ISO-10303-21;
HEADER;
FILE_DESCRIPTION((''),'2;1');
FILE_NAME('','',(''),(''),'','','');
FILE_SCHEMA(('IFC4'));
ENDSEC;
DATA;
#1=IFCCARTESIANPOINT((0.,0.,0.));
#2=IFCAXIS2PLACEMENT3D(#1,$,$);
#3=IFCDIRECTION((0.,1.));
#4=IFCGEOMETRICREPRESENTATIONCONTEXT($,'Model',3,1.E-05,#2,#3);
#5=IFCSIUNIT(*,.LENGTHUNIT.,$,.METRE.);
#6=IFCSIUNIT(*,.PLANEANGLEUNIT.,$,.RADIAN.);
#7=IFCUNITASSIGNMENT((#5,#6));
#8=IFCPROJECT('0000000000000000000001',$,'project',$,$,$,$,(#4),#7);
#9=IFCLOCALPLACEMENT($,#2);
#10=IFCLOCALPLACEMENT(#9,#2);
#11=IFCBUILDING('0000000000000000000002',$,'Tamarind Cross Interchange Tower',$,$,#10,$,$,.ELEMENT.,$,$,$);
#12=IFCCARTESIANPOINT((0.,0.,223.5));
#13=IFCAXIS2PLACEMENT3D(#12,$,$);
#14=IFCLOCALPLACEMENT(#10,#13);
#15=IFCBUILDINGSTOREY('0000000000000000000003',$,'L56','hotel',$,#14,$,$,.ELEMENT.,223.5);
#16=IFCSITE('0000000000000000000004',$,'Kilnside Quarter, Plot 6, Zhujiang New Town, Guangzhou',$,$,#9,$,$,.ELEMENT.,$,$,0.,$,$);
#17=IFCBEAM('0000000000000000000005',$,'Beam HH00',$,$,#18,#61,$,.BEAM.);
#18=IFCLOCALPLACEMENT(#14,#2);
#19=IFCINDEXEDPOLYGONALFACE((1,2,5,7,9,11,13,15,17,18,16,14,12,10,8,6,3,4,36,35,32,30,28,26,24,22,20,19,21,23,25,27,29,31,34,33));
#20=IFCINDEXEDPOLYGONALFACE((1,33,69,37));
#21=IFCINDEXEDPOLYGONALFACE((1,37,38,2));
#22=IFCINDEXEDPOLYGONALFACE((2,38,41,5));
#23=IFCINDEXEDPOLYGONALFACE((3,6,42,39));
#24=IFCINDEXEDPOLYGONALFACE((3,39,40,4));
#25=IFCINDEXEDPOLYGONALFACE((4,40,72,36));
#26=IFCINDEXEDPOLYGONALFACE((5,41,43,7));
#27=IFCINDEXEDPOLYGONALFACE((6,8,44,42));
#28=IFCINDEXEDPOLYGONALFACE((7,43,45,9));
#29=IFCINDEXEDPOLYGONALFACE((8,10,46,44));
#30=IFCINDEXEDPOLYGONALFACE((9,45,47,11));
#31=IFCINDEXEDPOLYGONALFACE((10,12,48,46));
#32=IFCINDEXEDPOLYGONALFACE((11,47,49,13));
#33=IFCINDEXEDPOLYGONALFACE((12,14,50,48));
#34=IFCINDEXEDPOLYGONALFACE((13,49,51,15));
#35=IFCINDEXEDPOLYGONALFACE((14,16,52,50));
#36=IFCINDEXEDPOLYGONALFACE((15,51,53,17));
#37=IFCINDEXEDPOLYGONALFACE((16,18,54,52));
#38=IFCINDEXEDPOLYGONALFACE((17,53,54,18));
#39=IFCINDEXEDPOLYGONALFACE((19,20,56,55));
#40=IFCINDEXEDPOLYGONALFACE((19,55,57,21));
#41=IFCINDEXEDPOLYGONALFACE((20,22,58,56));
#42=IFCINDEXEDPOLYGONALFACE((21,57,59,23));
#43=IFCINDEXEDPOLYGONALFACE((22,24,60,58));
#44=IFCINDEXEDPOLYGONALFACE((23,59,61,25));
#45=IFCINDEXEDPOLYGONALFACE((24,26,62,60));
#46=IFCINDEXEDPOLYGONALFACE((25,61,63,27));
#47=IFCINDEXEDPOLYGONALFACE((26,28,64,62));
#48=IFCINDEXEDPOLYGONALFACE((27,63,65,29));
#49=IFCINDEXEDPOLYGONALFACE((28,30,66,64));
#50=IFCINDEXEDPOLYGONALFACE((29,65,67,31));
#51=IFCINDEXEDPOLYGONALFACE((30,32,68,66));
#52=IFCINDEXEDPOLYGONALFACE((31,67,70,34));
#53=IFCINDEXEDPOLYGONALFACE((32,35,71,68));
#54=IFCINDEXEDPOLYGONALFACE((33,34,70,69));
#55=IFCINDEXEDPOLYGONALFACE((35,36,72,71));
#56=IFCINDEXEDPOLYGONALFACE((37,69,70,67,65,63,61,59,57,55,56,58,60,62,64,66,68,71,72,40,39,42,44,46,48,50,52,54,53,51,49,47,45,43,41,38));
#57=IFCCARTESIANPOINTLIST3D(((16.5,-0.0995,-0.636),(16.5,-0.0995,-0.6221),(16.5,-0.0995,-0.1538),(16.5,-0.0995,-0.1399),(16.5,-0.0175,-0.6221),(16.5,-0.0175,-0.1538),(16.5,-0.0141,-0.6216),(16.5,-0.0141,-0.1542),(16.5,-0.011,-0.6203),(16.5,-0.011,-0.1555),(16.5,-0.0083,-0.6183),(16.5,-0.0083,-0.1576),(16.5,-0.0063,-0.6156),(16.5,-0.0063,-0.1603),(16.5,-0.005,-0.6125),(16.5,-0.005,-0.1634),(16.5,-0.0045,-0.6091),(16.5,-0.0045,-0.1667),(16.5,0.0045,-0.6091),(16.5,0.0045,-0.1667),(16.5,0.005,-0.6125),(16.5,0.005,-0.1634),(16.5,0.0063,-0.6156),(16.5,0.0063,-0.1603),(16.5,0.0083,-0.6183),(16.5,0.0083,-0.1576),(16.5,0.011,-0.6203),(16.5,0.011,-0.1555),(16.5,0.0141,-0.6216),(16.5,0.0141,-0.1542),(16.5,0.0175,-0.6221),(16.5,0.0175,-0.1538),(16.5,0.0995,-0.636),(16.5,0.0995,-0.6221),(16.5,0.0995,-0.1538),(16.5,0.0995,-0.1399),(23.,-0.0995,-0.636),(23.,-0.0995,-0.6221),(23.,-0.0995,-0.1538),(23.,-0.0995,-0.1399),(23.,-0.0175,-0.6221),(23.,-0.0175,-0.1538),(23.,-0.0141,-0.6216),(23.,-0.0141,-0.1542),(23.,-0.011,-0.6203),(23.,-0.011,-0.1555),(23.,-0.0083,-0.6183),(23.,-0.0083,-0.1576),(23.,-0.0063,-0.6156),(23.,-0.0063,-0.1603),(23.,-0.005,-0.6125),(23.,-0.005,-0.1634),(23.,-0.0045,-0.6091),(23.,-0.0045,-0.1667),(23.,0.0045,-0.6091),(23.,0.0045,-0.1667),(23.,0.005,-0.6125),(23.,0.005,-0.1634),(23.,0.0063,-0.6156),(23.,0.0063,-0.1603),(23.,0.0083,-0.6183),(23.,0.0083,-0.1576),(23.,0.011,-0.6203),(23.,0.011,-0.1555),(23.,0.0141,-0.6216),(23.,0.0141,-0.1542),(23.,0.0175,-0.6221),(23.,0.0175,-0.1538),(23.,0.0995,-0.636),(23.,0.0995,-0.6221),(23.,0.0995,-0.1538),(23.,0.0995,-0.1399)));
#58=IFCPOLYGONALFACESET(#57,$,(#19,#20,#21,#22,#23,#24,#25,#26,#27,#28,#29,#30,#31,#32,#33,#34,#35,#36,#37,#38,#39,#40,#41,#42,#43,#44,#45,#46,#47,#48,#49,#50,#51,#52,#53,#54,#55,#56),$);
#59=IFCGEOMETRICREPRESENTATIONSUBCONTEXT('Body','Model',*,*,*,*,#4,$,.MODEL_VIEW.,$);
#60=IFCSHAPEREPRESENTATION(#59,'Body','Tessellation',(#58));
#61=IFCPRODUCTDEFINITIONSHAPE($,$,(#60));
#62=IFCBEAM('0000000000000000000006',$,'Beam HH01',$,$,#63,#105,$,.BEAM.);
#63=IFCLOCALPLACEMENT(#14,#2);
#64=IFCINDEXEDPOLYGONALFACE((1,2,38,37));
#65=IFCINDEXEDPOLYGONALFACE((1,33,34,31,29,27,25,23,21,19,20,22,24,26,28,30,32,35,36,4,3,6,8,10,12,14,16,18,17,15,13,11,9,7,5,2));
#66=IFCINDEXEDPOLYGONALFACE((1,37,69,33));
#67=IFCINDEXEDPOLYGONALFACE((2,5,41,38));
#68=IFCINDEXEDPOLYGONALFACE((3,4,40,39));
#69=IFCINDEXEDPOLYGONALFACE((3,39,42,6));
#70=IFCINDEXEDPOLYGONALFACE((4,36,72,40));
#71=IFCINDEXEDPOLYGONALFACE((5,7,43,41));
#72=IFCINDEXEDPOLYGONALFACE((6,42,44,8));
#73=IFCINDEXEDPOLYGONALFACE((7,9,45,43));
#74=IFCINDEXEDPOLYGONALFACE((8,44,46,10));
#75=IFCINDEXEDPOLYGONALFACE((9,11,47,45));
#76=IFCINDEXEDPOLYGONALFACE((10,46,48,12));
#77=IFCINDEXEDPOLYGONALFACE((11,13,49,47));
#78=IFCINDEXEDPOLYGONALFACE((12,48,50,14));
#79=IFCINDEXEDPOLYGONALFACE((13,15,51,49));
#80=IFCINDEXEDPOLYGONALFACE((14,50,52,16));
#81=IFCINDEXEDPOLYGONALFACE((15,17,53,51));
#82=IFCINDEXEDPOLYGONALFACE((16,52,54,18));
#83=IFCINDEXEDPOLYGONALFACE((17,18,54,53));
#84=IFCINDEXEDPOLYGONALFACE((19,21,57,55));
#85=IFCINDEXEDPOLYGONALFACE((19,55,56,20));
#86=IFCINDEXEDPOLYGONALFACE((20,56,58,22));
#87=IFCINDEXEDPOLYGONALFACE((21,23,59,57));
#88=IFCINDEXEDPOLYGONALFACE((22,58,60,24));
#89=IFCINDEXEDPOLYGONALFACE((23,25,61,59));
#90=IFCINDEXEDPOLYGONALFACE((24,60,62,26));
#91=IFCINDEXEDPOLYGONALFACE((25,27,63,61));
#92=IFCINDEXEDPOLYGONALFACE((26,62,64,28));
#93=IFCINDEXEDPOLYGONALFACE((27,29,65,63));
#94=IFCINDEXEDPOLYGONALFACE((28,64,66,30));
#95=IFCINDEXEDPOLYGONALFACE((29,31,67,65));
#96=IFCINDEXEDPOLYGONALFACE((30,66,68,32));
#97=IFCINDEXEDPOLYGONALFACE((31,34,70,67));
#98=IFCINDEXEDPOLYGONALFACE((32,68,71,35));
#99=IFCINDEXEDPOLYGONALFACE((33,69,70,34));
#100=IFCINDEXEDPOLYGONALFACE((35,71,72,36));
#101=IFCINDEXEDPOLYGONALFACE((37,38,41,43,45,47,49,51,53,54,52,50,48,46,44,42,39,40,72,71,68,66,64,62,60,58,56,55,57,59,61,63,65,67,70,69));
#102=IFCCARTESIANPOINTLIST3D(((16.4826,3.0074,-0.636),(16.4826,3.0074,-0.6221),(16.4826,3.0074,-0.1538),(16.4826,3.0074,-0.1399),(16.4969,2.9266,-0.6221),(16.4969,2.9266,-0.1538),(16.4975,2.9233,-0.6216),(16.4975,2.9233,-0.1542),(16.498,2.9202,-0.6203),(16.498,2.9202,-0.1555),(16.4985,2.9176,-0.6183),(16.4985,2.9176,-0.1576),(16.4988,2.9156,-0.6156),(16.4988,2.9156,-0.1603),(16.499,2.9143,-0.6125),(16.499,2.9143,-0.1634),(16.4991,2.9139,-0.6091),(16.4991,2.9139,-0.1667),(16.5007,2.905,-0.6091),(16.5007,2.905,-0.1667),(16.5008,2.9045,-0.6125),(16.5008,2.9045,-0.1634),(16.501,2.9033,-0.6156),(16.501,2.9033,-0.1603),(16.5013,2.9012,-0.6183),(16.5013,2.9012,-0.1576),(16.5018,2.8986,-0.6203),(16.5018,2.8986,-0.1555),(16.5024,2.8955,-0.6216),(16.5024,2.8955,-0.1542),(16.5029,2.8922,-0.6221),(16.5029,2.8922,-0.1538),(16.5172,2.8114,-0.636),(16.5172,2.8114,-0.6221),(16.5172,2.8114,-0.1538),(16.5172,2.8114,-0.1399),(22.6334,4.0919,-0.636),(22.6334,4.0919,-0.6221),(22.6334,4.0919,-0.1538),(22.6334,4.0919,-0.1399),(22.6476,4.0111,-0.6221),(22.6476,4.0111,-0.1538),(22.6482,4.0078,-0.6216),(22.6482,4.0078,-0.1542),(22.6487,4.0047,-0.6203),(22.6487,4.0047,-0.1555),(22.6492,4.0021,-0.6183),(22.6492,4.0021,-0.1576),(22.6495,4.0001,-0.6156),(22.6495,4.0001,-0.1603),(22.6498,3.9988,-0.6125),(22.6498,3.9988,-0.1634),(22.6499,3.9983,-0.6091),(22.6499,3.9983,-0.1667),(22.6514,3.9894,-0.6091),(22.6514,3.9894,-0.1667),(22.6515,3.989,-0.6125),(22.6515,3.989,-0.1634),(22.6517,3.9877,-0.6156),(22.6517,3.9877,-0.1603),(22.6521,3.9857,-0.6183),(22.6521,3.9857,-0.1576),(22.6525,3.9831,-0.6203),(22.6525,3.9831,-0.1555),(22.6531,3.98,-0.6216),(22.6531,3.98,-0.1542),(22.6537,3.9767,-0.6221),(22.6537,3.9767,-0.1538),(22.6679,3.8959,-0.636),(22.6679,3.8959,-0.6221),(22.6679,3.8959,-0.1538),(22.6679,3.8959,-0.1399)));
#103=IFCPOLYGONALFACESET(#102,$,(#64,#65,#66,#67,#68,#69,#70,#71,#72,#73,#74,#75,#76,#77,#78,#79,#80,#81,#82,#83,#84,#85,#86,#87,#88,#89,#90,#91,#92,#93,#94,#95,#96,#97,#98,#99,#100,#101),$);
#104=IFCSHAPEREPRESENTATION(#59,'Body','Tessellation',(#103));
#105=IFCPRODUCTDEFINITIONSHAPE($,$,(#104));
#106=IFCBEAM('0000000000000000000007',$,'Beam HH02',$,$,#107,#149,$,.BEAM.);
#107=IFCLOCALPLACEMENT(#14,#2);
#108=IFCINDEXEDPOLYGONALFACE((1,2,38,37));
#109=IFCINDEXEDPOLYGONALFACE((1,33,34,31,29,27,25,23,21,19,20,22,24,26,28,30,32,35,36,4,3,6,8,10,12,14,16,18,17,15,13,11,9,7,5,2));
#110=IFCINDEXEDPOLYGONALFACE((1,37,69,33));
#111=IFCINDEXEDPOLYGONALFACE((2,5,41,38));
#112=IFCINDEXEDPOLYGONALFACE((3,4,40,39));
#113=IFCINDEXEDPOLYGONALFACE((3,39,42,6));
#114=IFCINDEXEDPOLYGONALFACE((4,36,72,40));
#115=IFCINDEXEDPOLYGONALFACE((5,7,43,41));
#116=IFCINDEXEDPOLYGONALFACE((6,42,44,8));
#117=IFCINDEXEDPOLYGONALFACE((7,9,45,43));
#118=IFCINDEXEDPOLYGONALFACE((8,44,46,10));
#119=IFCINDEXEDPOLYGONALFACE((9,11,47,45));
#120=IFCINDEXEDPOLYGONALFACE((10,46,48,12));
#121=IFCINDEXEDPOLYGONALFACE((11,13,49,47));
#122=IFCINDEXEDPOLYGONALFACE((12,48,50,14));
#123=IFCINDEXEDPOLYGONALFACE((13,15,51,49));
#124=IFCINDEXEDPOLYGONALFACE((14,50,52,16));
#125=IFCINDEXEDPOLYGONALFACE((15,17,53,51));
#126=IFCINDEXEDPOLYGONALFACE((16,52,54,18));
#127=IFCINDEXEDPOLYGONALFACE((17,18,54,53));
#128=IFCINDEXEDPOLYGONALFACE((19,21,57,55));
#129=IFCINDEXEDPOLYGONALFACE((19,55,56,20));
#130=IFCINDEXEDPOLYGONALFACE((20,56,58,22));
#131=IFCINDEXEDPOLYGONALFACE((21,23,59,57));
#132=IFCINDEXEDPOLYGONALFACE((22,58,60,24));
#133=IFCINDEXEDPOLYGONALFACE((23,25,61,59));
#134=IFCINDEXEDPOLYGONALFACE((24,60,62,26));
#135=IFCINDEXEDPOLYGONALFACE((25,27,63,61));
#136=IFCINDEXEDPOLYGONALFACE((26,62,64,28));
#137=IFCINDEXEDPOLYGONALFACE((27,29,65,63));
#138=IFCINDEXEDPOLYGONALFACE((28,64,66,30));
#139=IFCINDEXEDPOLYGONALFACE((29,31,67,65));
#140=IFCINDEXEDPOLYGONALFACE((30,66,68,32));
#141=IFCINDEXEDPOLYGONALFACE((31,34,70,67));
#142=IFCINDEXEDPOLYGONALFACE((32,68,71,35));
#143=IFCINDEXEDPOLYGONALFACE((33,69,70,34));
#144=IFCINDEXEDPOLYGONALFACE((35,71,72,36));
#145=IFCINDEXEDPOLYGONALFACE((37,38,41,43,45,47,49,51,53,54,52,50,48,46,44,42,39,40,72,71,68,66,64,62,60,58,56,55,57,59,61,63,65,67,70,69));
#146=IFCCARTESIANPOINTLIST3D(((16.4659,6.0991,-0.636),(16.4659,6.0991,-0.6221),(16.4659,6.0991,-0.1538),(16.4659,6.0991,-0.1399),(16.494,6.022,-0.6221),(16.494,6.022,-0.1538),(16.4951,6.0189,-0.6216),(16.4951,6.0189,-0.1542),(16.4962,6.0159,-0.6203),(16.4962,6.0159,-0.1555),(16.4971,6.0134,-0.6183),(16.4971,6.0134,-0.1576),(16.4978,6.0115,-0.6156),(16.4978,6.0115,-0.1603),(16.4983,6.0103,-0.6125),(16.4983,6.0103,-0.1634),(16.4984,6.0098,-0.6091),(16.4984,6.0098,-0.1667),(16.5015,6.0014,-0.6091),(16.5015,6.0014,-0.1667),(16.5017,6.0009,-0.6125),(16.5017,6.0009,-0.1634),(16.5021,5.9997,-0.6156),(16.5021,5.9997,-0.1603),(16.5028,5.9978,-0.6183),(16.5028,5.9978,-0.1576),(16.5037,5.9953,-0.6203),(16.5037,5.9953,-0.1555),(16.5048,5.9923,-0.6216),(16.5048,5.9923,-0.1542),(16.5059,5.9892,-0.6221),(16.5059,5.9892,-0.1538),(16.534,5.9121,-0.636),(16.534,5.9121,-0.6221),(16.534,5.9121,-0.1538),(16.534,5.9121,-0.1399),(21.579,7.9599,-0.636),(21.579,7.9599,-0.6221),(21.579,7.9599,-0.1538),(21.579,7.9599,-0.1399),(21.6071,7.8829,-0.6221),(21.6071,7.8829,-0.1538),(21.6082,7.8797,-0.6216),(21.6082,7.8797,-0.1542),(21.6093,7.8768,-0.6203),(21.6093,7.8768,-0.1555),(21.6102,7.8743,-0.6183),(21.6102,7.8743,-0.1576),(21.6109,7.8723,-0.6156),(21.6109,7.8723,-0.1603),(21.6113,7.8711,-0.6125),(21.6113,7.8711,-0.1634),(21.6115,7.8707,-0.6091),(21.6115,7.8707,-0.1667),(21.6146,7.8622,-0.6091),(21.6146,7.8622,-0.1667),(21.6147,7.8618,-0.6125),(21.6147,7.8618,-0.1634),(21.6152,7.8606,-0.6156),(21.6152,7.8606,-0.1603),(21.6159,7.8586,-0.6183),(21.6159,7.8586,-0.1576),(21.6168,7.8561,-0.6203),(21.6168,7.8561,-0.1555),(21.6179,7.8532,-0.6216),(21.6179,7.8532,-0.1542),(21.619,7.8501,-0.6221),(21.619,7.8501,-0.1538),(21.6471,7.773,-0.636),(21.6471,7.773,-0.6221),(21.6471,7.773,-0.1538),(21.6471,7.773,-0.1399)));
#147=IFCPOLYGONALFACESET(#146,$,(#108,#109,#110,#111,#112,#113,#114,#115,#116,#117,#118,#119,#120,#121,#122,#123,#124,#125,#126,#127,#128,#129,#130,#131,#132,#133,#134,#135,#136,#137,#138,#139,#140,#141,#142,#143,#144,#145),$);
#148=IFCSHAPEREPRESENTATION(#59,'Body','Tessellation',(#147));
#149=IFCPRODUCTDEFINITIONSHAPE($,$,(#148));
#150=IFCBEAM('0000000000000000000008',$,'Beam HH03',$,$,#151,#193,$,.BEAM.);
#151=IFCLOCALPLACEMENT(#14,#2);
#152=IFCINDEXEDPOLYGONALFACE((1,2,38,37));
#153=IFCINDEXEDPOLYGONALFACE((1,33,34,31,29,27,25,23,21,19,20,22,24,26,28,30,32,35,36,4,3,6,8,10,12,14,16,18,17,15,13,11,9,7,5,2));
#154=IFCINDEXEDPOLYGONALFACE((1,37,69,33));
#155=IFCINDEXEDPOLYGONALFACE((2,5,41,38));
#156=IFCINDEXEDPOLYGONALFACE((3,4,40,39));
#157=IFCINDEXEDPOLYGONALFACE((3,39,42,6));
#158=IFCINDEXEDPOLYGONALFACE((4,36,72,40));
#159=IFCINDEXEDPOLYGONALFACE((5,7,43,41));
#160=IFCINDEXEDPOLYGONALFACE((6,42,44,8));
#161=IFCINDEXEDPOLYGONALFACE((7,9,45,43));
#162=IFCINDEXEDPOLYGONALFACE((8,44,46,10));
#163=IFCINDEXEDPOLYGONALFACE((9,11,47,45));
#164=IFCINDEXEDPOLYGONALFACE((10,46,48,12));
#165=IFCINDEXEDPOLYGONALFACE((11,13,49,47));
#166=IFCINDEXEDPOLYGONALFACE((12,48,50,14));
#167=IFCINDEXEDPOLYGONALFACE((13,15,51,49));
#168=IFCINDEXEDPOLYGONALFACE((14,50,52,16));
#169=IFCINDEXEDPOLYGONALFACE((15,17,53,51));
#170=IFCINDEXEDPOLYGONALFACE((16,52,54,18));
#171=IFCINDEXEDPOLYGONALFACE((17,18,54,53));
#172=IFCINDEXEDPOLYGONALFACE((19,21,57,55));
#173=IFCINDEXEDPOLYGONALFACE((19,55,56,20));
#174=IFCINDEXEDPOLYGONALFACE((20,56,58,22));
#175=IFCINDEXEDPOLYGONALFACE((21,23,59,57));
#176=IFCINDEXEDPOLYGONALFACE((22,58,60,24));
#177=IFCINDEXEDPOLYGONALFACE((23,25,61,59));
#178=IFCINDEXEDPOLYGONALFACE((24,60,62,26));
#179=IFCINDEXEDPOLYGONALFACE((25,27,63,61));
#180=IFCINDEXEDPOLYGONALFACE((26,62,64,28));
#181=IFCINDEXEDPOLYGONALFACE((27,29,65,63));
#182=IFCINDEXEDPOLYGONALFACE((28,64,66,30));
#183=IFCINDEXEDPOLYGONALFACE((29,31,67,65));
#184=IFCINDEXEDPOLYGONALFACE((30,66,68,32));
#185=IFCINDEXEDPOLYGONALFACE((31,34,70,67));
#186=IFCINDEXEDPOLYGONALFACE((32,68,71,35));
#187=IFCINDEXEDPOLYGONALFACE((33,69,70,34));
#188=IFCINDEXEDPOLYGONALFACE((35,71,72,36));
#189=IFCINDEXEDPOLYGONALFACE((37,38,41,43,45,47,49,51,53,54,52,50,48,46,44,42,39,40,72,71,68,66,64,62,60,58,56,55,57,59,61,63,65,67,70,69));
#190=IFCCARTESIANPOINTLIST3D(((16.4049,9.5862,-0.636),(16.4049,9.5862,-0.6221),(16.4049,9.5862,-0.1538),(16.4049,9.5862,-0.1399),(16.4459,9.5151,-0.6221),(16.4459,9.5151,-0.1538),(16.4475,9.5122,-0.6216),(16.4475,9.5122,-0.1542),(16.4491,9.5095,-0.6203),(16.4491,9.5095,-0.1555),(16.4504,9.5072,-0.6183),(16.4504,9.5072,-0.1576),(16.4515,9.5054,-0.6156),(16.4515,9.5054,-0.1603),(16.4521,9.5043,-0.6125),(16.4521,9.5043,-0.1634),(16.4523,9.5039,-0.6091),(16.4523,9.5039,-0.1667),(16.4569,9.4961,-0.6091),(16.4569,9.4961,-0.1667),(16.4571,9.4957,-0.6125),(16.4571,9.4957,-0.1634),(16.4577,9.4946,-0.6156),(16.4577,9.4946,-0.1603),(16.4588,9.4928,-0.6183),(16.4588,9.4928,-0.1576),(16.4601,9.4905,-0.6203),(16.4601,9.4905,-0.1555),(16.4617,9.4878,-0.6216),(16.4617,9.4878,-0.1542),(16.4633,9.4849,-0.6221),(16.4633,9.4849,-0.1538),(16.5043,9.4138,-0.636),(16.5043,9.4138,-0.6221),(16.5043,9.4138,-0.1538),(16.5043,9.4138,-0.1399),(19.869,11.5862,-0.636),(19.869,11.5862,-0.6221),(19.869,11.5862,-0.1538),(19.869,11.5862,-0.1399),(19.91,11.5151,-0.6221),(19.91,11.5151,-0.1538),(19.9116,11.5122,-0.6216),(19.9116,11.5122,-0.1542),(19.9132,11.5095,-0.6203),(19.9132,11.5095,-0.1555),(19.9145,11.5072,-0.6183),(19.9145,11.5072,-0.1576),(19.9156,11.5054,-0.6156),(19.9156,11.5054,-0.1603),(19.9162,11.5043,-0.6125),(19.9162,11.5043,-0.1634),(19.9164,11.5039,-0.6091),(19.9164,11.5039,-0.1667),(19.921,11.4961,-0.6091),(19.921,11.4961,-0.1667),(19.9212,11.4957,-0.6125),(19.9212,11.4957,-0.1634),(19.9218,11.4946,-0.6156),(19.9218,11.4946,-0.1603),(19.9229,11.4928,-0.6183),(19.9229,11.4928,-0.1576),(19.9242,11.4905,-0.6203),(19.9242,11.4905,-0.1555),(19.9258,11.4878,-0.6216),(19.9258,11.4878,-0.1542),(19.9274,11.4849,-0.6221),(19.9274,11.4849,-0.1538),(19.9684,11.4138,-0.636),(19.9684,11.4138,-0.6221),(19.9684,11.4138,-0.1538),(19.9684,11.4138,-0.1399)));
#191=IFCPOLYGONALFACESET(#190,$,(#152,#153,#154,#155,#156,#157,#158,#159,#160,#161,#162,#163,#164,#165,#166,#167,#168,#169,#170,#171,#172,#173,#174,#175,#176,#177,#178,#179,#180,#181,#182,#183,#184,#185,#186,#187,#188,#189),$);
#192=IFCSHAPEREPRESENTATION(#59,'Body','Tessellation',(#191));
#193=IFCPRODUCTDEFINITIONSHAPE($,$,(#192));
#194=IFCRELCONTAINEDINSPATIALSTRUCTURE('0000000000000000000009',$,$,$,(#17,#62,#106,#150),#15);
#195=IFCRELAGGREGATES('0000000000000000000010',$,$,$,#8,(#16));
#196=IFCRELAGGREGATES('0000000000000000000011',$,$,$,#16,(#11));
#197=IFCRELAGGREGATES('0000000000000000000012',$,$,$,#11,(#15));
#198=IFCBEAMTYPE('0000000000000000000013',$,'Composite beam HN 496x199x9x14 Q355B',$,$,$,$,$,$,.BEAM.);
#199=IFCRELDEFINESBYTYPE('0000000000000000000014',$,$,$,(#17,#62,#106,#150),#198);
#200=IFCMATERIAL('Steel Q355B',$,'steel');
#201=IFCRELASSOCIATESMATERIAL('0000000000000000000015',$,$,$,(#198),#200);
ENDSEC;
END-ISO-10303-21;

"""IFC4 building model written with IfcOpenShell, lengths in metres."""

from ifc_helpers import new_model, si_unit, direction, frame, origin, origin_2d, place, context, subcontext, project, spatial, i_section, extrude, material, material_profile, profile_set, type_object, element, save


model = new_model("IFC4")

# Units and contexts
model_context = context("Model", 3, precision=1e-05, world=origin(), true_north=direction((0.0, 1.0)))
body_context = subcontext(model_context, "Body", "Model", "MODEL_VIEW")
ifc_project = project(units=[si_unit("LENGTHUNIT", "METRE"), si_unit("PLANEANGLEUNIT", "RADIAN")], contexts=[model_context])

# Site, building, storey
site_placement = place(None, origin())
site = spatial("IfcSite", under=ifc_project, at=site_placement, Name="Kilnside Quarter, Plot 6, Zhujiang New Town, Guangzhou", CompositionType="ELEMENT", RefElevation=0.0)
building_placement = place(site_placement, origin())
building = spatial("IfcBuilding", under=site, at=building_placement, Name="Tamarind Cross Interchange Tower", CompositionType="ELEMENT")
storey_placement = place(building_placement, frame((0.0, 0.0, 223.5)))
storey = spatial("IfcBuildingStorey", under=building, at=storey_placement, Name="L56", Description="hotel", CompositionType="ELEMENT", Elevation=223.5)

# Beams
ifc_material_1 = material(Name="Steel Q355B", Category="steel")
ifc_material_profile_1 = material_profile(ifc_material_1, i_section(OverallWidth=0.199, OverallDepth=0.4961, WebThickness=0.009, FlangeThickness=0.0139, FilletRadius=0.0129, at=origin_2d()), Name="HN 496x199x9x14")
ifc_profile_set_1 = profile_set([ifc_material_profile_1], Name="Steel Q355B")
beam_type = type_object("IfcBeamType", Name="Composite beam HN 496x199x9x14 Q355B", PredefinedType="BEAM", material=ifc_profile_set_1)
beam_1_placement = place(storey_placement, frame((23.0, 0.0, -0.3879), z_axis=(-1.0, 0.0, 0.0), x_axis=(0.0, -1.0, 0.0)))
element("IfcBeam", 1, at=beam_1_placement, inside=storey, type_object=beam_type, Name="Beam HH00", PredefinedType="BEAM", context=body_context, shape_type="SweptSolid", body=[
    extrude(i_section(OverallWidth=0.199, OverallDepth=0.4961, WebThickness=0.009, FlangeThickness=0.0139, FilletRadius=0.0129, at=origin_2d()), origin(), (0.0, 0.0, 1.0), 6.5),
])
beam_2_placement = place(storey_placement, frame((22.6506, 3.9939, -0.3879), z_axis=(-0.984809, -0.17364, 0.0), x_axis=(0.17364, -0.984809, 0.0)))
element("IfcBeam", 2, at=beam_2_placement, inside=storey, type_object=beam_type, Name="Beam HH01", PredefinedType="BEAM", context=body_context, shape_type="SweptSolid", body=[
    extrude(i_section(OverallWidth=0.199, OverallDepth=0.4961, WebThickness=0.009, FlangeThickness=0.0139, FilletRadius=0.0129, at=origin_2d()), origin(), (0.0, 0.0, 1.0), 6.2456),
])
beam_3_placement = place(storey_placement, frame((21.613, 7.8665, -0.3879), z_axis=(-0.939702, -0.341995, 0.0), x_axis=(0.341995, -0.939702, 0.0)))
element("IfcBeam", 3, at=beam_3_placement, inside=storey, type_object=beam_type, Name="Beam HH02", PredefinedType="BEAM", context=body_context, shape_type="SweptSolid", body=[
    extrude(i_section(OverallWidth=0.199, OverallDepth=0.4961, WebThickness=0.009, FlangeThickness=0.0139, FilletRadius=0.0129, at=origin_2d()), origin(), (0.0, 0.0, 1.0), 5.4412),
])
beam_4_placement = place(storey_placement, frame((19.9187, 11.5, -0.3879), z_axis=(-0.866026, -0.499999, 0.0), x_axis=(0.499999, -0.866026, 0.0)))
element("IfcBeam", 4, at=beam_4_placement, inside=storey, type_object=beam_type, Name="Beam HH03", PredefinedType="BEAM", context=body_context, shape_type="SweptSolid", body=[
    extrude(i_section(OverallWidth=0.199, OverallDepth=0.4961, WebThickness=0.009, FlangeThickness=0.0139, FilletRadius=0.0129, at=origin_2d()), origin(), (0.0, 0.0, 1.0), 4.0),
])

save(model, "model.ifc")
